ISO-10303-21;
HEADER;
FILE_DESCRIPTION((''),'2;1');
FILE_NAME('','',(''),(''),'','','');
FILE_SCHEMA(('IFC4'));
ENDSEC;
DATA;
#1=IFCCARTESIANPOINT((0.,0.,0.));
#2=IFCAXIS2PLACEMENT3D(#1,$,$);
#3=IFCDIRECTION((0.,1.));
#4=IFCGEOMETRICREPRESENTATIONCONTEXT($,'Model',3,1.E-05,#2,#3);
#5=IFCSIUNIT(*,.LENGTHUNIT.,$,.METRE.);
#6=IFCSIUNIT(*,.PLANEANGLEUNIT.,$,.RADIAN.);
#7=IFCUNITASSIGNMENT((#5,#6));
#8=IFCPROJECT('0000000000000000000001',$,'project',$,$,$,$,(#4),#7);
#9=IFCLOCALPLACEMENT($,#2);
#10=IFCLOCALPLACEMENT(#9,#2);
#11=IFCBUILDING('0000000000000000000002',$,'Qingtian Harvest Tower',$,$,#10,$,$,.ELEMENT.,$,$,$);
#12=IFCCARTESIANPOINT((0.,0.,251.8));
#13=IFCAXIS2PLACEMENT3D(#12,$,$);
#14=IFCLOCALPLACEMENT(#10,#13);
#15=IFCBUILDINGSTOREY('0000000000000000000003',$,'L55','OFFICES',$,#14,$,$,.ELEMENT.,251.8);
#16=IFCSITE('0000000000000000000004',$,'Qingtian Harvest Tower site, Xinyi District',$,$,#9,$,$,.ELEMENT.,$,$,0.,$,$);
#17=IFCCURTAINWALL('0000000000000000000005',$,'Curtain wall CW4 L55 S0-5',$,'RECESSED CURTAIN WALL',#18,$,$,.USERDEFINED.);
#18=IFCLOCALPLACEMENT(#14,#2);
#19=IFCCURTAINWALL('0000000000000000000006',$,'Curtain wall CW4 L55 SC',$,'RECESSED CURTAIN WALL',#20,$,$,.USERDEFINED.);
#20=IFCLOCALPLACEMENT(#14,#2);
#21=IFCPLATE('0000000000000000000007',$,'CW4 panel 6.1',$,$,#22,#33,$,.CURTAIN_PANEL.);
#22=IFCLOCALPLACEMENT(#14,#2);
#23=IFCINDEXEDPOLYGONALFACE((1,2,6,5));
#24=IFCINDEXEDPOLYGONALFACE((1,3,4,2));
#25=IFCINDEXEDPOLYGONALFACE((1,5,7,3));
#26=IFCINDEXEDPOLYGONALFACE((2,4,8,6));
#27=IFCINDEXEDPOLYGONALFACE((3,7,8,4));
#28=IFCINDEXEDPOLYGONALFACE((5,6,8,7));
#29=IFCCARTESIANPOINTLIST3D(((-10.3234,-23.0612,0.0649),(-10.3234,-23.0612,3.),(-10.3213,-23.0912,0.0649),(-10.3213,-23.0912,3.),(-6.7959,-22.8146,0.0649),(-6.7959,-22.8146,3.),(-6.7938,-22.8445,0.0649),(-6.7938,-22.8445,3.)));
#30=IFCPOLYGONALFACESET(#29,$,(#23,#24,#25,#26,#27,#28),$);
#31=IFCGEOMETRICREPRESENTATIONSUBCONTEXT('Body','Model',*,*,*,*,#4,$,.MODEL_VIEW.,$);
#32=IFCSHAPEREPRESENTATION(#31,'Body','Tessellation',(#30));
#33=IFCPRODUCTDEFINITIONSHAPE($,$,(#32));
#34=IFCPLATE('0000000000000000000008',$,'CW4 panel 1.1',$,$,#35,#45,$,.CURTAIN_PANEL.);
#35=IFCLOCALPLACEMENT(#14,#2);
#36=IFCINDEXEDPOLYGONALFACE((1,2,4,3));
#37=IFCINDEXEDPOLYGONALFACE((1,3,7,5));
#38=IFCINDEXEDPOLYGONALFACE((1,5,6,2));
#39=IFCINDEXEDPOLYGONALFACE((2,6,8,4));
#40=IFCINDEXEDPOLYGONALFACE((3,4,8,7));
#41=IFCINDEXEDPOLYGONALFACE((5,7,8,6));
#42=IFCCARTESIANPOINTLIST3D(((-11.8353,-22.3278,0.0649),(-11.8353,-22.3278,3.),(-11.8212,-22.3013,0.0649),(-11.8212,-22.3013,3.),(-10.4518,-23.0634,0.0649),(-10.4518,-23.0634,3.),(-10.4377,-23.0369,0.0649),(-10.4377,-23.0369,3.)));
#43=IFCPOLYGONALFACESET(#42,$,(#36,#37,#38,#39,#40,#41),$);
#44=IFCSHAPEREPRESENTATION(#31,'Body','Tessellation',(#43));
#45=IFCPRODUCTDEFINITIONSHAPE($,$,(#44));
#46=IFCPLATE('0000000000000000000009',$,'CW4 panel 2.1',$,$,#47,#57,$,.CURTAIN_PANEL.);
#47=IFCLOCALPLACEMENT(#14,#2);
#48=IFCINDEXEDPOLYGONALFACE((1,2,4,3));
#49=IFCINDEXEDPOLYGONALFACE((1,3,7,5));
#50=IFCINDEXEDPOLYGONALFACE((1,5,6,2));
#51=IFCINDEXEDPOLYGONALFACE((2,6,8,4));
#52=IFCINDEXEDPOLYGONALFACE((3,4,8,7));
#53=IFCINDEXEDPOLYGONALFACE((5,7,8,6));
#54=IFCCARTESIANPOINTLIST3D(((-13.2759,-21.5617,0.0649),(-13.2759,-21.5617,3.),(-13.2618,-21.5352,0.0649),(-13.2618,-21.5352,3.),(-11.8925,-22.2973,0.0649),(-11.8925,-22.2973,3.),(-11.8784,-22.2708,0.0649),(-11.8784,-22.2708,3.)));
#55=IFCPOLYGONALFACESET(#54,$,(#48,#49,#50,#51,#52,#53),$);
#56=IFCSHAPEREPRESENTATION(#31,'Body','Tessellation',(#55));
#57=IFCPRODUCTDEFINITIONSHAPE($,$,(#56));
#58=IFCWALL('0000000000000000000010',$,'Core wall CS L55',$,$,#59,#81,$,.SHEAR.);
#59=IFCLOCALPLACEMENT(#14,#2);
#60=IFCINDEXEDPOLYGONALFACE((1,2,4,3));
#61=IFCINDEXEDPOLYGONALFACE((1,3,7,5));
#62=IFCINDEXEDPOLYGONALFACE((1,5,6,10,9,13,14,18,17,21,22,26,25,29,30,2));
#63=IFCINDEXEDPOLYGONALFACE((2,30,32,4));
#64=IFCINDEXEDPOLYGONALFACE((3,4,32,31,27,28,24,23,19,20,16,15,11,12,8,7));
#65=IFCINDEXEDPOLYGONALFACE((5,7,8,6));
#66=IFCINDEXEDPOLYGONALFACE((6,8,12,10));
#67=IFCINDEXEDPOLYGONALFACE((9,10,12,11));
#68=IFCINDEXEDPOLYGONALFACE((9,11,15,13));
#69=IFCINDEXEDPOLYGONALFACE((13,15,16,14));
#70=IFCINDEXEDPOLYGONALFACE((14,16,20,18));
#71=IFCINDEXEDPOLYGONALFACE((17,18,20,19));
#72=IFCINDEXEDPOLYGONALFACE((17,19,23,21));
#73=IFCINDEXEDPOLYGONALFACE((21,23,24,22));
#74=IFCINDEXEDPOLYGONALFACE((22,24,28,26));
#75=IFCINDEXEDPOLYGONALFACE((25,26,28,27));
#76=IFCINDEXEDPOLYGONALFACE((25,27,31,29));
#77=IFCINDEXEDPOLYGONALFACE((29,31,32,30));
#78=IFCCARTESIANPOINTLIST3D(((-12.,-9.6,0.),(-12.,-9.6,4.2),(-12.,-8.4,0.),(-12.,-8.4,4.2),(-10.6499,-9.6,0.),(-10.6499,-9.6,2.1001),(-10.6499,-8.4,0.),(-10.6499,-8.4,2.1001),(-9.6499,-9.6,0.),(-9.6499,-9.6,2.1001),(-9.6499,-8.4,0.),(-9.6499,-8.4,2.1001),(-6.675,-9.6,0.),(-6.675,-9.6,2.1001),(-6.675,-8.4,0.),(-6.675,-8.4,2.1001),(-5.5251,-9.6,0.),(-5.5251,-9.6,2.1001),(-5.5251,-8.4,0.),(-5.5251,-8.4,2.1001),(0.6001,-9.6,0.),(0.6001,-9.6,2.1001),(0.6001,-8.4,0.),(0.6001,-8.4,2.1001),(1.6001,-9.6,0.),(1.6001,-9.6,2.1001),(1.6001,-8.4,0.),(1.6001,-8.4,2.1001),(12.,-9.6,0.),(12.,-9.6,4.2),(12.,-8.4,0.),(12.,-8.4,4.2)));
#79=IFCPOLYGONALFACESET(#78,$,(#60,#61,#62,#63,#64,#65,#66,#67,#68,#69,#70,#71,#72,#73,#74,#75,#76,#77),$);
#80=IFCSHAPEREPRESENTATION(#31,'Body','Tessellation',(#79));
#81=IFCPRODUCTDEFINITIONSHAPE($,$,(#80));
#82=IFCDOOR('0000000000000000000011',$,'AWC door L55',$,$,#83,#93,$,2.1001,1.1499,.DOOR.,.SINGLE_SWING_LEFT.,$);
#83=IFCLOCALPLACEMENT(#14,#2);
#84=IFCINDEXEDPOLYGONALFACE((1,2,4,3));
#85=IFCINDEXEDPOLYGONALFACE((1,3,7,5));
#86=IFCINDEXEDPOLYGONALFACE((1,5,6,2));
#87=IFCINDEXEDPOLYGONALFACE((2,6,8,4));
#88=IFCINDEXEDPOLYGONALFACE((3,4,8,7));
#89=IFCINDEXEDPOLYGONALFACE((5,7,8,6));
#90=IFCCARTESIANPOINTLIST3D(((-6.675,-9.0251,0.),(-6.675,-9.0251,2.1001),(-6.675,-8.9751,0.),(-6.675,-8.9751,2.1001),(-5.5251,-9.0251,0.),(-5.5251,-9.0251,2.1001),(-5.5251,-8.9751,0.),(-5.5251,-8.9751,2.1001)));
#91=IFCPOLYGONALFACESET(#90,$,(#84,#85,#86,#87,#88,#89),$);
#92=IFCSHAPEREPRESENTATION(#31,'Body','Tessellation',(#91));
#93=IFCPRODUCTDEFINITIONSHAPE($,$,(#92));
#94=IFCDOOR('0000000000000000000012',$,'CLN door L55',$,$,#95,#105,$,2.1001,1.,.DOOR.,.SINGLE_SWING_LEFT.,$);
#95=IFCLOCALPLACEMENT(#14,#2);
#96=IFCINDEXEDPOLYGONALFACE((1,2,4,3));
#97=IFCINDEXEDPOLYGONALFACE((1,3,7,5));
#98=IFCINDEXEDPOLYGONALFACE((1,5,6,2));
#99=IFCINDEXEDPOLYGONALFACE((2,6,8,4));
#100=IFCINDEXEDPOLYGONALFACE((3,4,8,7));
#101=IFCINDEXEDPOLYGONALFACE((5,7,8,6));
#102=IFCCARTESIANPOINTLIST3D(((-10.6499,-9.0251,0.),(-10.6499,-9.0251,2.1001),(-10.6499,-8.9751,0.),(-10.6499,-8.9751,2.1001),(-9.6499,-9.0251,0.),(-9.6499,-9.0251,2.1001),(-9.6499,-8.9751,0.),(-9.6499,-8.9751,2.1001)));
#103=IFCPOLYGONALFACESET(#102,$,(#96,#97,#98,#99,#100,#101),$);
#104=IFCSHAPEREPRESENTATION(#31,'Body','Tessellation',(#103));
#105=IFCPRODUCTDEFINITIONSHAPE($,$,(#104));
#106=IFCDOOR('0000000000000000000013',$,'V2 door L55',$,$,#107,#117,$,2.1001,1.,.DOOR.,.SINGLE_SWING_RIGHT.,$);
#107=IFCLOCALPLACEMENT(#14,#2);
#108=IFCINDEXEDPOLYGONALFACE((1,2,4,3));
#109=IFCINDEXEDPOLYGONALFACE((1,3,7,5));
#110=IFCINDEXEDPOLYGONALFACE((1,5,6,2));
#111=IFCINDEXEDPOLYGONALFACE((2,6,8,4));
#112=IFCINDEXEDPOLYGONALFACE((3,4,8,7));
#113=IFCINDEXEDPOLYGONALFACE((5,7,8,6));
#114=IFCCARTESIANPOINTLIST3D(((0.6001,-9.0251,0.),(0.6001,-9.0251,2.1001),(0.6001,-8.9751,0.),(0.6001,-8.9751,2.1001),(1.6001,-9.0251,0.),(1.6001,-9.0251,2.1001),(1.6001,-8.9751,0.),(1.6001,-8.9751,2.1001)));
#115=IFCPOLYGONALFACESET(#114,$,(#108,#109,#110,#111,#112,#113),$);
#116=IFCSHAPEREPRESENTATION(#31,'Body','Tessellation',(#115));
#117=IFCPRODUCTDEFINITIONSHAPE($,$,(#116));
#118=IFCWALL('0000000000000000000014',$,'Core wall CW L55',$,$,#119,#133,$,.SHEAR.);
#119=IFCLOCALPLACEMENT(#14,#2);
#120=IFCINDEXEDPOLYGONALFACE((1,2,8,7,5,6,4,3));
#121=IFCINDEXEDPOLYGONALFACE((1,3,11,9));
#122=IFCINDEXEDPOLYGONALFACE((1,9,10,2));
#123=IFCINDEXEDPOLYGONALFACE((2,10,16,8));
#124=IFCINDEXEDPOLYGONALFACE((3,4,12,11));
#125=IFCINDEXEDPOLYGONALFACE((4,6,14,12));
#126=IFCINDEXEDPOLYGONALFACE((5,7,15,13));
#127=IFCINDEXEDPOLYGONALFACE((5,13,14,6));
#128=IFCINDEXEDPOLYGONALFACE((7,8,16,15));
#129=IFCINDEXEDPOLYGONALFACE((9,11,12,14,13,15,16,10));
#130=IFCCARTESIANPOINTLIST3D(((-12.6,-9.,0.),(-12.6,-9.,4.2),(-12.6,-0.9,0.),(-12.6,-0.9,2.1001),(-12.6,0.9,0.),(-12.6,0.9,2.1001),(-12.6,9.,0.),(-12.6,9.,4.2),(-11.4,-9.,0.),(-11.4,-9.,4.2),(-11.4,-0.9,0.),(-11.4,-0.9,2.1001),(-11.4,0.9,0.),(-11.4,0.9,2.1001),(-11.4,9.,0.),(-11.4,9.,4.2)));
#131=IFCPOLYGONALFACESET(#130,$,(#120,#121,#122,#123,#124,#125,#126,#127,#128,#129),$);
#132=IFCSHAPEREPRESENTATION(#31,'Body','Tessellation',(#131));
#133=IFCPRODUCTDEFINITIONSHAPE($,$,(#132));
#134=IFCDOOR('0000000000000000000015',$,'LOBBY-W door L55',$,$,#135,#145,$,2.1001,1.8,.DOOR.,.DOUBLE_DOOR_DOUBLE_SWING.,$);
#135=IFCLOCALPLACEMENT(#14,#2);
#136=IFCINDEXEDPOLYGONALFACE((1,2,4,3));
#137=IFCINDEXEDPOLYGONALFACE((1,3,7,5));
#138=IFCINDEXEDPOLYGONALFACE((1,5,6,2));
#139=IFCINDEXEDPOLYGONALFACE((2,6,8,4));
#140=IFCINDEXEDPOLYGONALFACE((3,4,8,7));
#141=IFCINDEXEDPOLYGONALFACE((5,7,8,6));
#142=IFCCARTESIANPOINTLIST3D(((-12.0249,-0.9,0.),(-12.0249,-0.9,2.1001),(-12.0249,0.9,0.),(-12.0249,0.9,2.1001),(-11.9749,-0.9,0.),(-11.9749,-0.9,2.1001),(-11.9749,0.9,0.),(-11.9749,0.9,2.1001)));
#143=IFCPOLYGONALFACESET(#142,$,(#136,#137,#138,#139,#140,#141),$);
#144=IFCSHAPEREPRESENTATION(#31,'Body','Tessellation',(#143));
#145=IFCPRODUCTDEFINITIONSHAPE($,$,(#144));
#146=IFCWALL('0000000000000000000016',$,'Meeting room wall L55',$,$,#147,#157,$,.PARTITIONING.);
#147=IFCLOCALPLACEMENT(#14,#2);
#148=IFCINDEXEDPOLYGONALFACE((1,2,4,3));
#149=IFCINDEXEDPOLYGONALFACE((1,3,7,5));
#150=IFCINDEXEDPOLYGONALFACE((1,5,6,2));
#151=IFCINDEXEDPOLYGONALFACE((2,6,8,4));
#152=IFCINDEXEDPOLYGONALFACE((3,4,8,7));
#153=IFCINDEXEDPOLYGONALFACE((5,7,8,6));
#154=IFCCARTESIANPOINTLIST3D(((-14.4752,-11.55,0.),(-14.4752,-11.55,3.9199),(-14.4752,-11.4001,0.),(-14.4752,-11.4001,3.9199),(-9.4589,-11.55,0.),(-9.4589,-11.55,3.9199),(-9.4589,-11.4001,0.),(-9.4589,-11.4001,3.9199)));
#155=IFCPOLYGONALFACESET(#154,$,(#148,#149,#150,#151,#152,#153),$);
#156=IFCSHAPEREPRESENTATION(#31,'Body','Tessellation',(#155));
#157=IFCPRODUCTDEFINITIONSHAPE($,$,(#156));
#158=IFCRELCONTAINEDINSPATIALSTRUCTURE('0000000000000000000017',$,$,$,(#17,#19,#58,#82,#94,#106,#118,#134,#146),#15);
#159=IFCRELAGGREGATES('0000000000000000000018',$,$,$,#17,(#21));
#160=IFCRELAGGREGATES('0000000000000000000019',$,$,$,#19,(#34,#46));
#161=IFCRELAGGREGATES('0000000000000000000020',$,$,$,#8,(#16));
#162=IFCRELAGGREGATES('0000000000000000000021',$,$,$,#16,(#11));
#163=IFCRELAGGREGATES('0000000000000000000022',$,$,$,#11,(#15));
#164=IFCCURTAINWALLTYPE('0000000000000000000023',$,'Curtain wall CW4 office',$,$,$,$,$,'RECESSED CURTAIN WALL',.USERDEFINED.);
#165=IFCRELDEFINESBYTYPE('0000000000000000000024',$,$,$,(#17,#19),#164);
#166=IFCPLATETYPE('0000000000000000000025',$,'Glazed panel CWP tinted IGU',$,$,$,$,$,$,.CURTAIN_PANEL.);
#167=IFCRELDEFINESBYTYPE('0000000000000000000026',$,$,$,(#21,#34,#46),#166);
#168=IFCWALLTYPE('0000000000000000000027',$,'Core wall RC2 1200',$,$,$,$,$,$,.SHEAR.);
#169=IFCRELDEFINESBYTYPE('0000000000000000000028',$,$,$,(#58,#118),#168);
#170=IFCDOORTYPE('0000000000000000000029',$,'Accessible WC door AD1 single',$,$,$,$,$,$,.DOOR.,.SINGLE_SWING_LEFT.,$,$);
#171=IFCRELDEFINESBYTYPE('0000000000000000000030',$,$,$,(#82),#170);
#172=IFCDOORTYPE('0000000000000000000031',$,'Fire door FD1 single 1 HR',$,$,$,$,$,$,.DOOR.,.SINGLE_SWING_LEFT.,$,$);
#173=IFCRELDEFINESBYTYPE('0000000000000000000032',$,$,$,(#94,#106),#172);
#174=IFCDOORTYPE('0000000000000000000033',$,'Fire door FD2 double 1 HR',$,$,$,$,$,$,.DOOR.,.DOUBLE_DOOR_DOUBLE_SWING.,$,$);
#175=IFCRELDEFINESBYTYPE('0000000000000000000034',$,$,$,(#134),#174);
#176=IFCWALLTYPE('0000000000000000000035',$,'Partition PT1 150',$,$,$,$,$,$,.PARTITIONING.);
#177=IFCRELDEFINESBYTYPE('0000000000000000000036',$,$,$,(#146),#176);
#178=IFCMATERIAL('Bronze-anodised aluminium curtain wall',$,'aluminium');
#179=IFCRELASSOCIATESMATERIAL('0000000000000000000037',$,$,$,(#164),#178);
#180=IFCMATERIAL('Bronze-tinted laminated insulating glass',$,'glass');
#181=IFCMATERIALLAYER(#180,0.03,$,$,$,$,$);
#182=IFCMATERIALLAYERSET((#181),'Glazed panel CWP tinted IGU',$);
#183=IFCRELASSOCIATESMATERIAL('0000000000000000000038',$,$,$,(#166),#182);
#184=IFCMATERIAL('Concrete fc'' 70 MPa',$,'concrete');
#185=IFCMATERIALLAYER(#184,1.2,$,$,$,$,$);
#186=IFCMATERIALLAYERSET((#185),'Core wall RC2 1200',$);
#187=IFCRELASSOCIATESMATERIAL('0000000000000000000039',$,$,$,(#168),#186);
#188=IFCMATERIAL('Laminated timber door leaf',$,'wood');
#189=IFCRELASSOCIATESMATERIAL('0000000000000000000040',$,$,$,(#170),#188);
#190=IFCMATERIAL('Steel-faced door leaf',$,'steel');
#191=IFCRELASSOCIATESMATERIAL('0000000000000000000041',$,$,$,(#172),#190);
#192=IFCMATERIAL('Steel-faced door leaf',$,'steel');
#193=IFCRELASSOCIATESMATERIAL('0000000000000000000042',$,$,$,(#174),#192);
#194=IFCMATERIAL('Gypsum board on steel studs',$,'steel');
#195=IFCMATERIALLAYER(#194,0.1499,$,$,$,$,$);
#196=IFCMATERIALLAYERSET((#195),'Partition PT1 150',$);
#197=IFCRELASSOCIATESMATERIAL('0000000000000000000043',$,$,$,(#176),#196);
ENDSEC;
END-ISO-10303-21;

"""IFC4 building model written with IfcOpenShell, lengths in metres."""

from ifc_helpers import new_model, si_unit, direction, frame, frame_2d, origin, origin_2d, place, context, subcontext, project, spatial, rectangle, extrude, material, layer, layer_set, type_object, element, fill, aggregate, save


model = new_model("IFC4")

# Units and contexts
model_context = context("Model", 3, precision=1e-05, world=origin(), true_north=direction((0.0, 1.0)))
body_context = subcontext(model_context, "Body", "Model", "MODEL_VIEW")
ifc_project = project(units=[si_unit("LENGTHUNIT", "METRE"), si_unit("PLANEANGLEUNIT", "RADIAN")], contexts=[model_context])

# Site, building, storey
site_placement = place(None, origin())
site = spatial("IfcSite", under=ifc_project, at=site_placement, Name="Qingtian Harvest Tower site, Xinyi District", CompositionType="ELEMENT", RefElevation=0.0)
building_placement = place(site_placement, origin())
building = spatial("IfcBuilding", under=site, at=building_placement, Name="Qingtian Harvest Tower", CompositionType="ELEMENT")
storey_placement = place(building_placement, frame((0.0, 0.0, 251.8)))
storey = spatial("IfcBuildingStorey", under=building, at=storey_placement, Name="L55", Description="OFFICES", CompositionType="ELEMENT", Elevation=251.8)

# Curtain walls
ifc_material_1 = material(Name="Bronze-anodised aluminium curtain wall", Category="aluminium")
curtain_wall_type = type_object("IfcCurtainWallType", Name="Curtain wall CW4 office", ElementType="RECESSED CURTAIN WALL", PredefinedType="USERDEFINED", material=ifc_material_1)
curtain_wall_1_placement = place(storey_placement, origin())
curtain_wall_1 = element("IfcCurtainWall", 1, at=curtain_wall_1_placement, inside=storey, type_object=curtain_wall_type, Name="Curtain wall CW4 L55 S0-5", ObjectType="RECESSED CURTAIN WALL", PredefinedType="USERDEFINED")
curtain_wall_2_placement = place(storey_placement, origin())
curtain_wall_2 = element("IfcCurtainWall", 2, at=curtain_wall_2_placement, inside=storey, type_object=curtain_wall_type, Name="Curtain wall CW4 L55 SC", ObjectType="RECESSED CURTAIN WALL", PredefinedType="USERDEFINED")

# Plates
ifc_material_2 = material(Name="Bronze-tinted laminated insulating glass", Category="glass")
ifc_layer_1 = layer(ifc_material_2, 0.03)
ifc_layer_set_1 = layer_set([ifc_layer_1], Name="Glazed panel CWP tinted IGU")
plate_type = type_object("IfcPlateType", Name="Glazed panel CWP tinted IGU", PredefinedType="CURTAIN_PANEL", material=ifc_layer_set_1)
plate_1_placement = place(storey_placement, frame((-8.5586, -22.9529, 0.0649), z_axis=(0.0, 0.0, 1.0), x_axis=(-0.997564, -0.069756, 0.0)))
plate_1 = element("IfcPlate", 3, at=plate_1_placement, type_object=plate_type, Name="CW4 panel 6.1", PredefinedType="CURTAIN_PANEL", context=body_context, shape_type="SweptSolid", body=[
    extrude(rectangle(XDim=3.5361, YDim=0.03, at=origin_2d()), origin(), (0.0, 0.0, 1.0), 2.9351),
])
aggregate(curtain_wall_1, [plate_1])
plate_2_placement = place(storey_placement, frame((-11.1365, -22.6824, 0.0649), z_axis=(0.0, 0.0, 1.0), x_axis=(-0.882948, 0.469472, 0.0)))
plate_2 = element("IfcPlate", 4, at=plate_2_placement, type_object=plate_type, Name="CW4 panel 1.1", PredefinedType="CURTAIN_PANEL", context=body_context, shape_type="SweptSolid", body=[
    extrude(rectangle(XDim=1.5669, YDim=0.03, at=origin_2d()), origin(), (0.0, 0.0, 1.0), 2.9351),
])
plate_3_placement = place(storey_placement, frame((-12.5771, -21.9163, 0.0649), z_axis=(0.0, 0.0, 1.0), x_axis=(-0.882948, 0.469472, 0.0)))
plate_3 = element("IfcPlate", 5, at=plate_3_placement, type_object=plate_type, Name="CW4 panel 2.1", PredefinedType="CURTAIN_PANEL", context=body_context, shape_type="SweptSolid", body=[
    extrude(rectangle(XDim=1.5669, YDim=0.03, at=origin_2d()), origin(), (0.0, 0.0, 1.0), 2.9351),
])
aggregate(curtain_wall_2, [plate_2, plate_3])

# Wall, openings, doors
ifc_material_3 = material(Name="Concrete fc' 70 MPa", Category="concrete")
ifc_layer_2 = layer(ifc_material_3, 1.2)
ifc_layer_set_2 = layer_set([ifc_layer_2], Name="Core wall RC2 1200")
wall_type_1 = type_object("IfcWallType", Name="Core wall RC2 1200", PredefinedType="SHEAR", material=ifc_layer_set_2)
wall_1_placement = place(storey_placement, frame((-12.0, -9.0, 0.0), z_axis=(0.0, 0.0, 1.0), x_axis=(1.0, 0.0, 0.0)))
wall_1 = element("IfcWall", 6, at=wall_1_placement, inside=storey, type_object=wall_type_1, Name="Core wall CS L55", PredefinedType="SHEAR", context=body_context, shape_type="SweptSolid", body=[
    extrude(rectangle(XDim=24.0, YDim=1.2, at=frame_2d((12.0, 0.0))), origin(), (0.0, 0.0, 1.0), 4.2),
])
opening_1_placement = place(wall_1_placement, frame((1.3501, 0.0, 0.0)))
opening_1 = element("IfcOpeningElement", 7, at=opening_1_placement, cuts=wall_1, PredefinedType="OPENING", context=body_context, shape_type="SweptSolid", body=[
    extrude(rectangle(XDim=1.0, YDim=2.1001, at=frame_2d((0.5, 1.05))), frame((0.0, 0.6099, 0.0), z_axis=(0.0, -1.0, 0.0), x_axis=(1.0, 0.0, 0.0)), (0.0, 0.0, 1.0), 1.22),
])
opening_2_placement = place(wall_1_placement, frame((5.325, 0.0, 0.0)))
opening_2 = element("IfcOpeningElement", 8, at=opening_2_placement, cuts=wall_1, PredefinedType="OPENING", context=body_context, shape_type="SweptSolid", body=[
    extrude(rectangle(XDim=1.1499, YDim=2.1001, at=frame_2d((0.575, 1.05))), frame((0.0, 0.6099, 0.0), z_axis=(0.0, -1.0, 0.0), x_axis=(1.0, 0.0, 0.0)), (0.0, 0.0, 1.0), 1.22),
])
opening_3_placement = place(wall_1_placement, frame((12.6001, 0.0, 0.0)))
opening_3 = element("IfcOpeningElement", 9, at=opening_3_placement, cuts=wall_1, PredefinedType="OPENING", context=body_context, shape_type="SweptSolid", body=[
    extrude(rectangle(XDim=1.0, YDim=2.1001, at=frame_2d((0.5, 1.05))), frame((0.0, 0.6099, 0.0), z_axis=(0.0, -1.0, 0.0), x_axis=(1.0, 0.0, 0.0)), (0.0, 0.0, 1.0), 1.22),
])
ifc_material_4 = material(Name="Laminated timber door leaf", Category="wood")
door_type_1 = type_object("IfcDoorType", Name="Accessible WC door AD1 single", OperationType="SINGLE_SWING_LEFT", PredefinedType="DOOR", material=ifc_material_4)
door_1_placement = place(opening_2_placement, origin())
door_1 = element("IfcDoor", 10, at=door_1_placement, inside=storey, type_object=door_type_1, Name="AWC door L55", OperationType="SINGLE_SWING_LEFT", OverallHeight=2.1001, OverallWidth=1.1499, PredefinedType="DOOR", context=body_context, shape_type="SweptSolid", body=[
    extrude(rectangle(XDim=1.1499, YDim=2.1001, at=frame_2d((0.575, 1.05))), frame((0.0, 0.0249, 0.0), z_axis=(0.0, -1.0, 0.0), x_axis=(1.0, 0.0, 0.0)), (0.0, 0.0, 1.0), 0.05),
])
fill(opening_2, door_1)
ifc_material_5 = material(Name="Steel-faced door leaf", Category="steel")
door_type_2 = type_object("IfcDoorType", Name="Fire door FD1 single 1 HR", OperationType="SINGLE_SWING_LEFT", PredefinedType="DOOR", material=ifc_material_5)
door_2_placement = place(opening_1_placement, origin())
door_2 = element("IfcDoor", 11, at=door_2_placement, inside=storey, type_object=door_type_2, Name="CLN door L55", OperationType="SINGLE_SWING_LEFT", OverallHeight=2.1001, OverallWidth=1.0, PredefinedType="DOOR", context=body_context, shape_type="SweptSolid", body=[
    extrude(rectangle(XDim=1.0, YDim=2.1001, at=frame_2d((0.5, 1.05))), frame((0.0, 0.0249, 0.0), z_axis=(0.0, -1.0, 0.0), x_axis=(1.0, 0.0, 0.0)), (0.0, 0.0, 1.0), 0.05),
])
fill(opening_1, door_2)
door_3_placement = place(opening_3_placement, origin())
door_3 = element("IfcDoor", 12, at=door_3_placement, inside=storey, type_object=door_type_2, Name="V2 door L55", OperationType="SINGLE_SWING_RIGHT", OverallHeight=2.1001, OverallWidth=1.0, PredefinedType="DOOR", context=body_context, shape_type="SweptSolid", body=[
    extrude(rectangle(XDim=1.0, YDim=2.1001, at=frame_2d((0.5, 1.05))), frame((0.0, 0.0249, 0.0), z_axis=(0.0, -1.0, 0.0), x_axis=(1.0, 0.0, 0.0)), (0.0, 0.0, 1.0), 0.05),
])
fill(opening_3, door_3)

# Wall, opening, door
wall_2_placement = place(storey_placement, frame((-12.0, -9.0, 0.0), z_axis=(0.0, 0.0, 1.0), x_axis=(0.0, 1.0, 0.0)))
wall_2 = element("IfcWall", 13, at=wall_2_placement, inside=storey, type_object=wall_type_1, Name="Core wall CW L55", PredefinedType="SHEAR", context=body_context, shape_type="SweptSolid", body=[
    extrude(rectangle(XDim=18.0, YDim=1.2, at=frame_2d((9.0, 0.0))), origin(), (0.0, 0.0, 1.0), 4.2),
])
opening_4_placement = place(wall_2_placement, frame((8.1001, 0.0, 0.0)))
opening_4 = element("IfcOpeningElement", 14, at=opening_4_placement, cuts=wall_2, PredefinedType="OPENING", context=body_context, shape_type="SweptSolid", body=[
    extrude(rectangle(XDim=1.8, YDim=2.1001, at=frame_2d((0.8999, 1.05))), frame((0.0, 0.6099, 0.0), z_axis=(0.0, -1.0, 0.0), x_axis=(1.0, 0.0, 0.0)), (0.0, 0.0, 1.0), 1.22),
])
ifc_material_6 = material(Name="Steel-faced door leaf", Category="steel")
door_type_3 = type_object("IfcDoorType", Name="Fire door FD2 double 1 HR", OperationType="DOUBLE_DOOR_DOUBLE_SWING", PredefinedType="DOOR", material=ifc_material_6)
door_4_placement = place(opening_4_placement, origin())
door_4 = element("IfcDoor", 15, at=door_4_placement, inside=storey, type_object=door_type_3, Name="LOBBY-W door L55", OperationType="DOUBLE_DOOR_DOUBLE_SWING", OverallHeight=2.1001, OverallWidth=1.8, PredefinedType="DOOR", context=body_context, shape_type="SweptSolid", body=[
    extrude(rectangle(XDim=1.8, YDim=2.1001, at=frame_2d((0.8999, 1.05))), frame((0.0, 0.0249, 0.0), z_axis=(0.0, -1.0, 0.0), x_axis=(1.0, 0.0, 0.0)), (0.0, 0.0, 1.0), 0.05),
])
fill(opening_4, door_4)

# Wall
ifc_material_7 = material(Name="Gypsum board on steel studs", Category="steel")
ifc_layer_3 = layer(ifc_material_7, 0.1499)
ifc_layer_set_3 = layer_set([ifc_layer_3], Name="Partition PT1 150")
wall_type_2 = type_object("IfcWallType", Name="Partition PT1 150", PredefinedType="PARTITIONING", material=ifc_layer_set_3)
wall_3_placement = place(storey_placement, frame((-9.4587, -11.4751, 0.0), z_axis=(0.0, 0.0, 1.0), x_axis=(-1.0, 0.0, 0.0)))
element("IfcWall", 16, at=wall_3_placement, inside=storey, type_object=wall_type_2, Name="Meeting room wall L55", PredefinedType="PARTITIONING", context=body_context, shape_type="SweptSolid", body=[
    extrude(rectangle(XDim=5.0164, YDim=0.1499, at=frame_2d((2.5083, 0.0))), origin(), (0.0, 0.0, 1.0), 3.9199),
])

save(model, "model.ifc")
